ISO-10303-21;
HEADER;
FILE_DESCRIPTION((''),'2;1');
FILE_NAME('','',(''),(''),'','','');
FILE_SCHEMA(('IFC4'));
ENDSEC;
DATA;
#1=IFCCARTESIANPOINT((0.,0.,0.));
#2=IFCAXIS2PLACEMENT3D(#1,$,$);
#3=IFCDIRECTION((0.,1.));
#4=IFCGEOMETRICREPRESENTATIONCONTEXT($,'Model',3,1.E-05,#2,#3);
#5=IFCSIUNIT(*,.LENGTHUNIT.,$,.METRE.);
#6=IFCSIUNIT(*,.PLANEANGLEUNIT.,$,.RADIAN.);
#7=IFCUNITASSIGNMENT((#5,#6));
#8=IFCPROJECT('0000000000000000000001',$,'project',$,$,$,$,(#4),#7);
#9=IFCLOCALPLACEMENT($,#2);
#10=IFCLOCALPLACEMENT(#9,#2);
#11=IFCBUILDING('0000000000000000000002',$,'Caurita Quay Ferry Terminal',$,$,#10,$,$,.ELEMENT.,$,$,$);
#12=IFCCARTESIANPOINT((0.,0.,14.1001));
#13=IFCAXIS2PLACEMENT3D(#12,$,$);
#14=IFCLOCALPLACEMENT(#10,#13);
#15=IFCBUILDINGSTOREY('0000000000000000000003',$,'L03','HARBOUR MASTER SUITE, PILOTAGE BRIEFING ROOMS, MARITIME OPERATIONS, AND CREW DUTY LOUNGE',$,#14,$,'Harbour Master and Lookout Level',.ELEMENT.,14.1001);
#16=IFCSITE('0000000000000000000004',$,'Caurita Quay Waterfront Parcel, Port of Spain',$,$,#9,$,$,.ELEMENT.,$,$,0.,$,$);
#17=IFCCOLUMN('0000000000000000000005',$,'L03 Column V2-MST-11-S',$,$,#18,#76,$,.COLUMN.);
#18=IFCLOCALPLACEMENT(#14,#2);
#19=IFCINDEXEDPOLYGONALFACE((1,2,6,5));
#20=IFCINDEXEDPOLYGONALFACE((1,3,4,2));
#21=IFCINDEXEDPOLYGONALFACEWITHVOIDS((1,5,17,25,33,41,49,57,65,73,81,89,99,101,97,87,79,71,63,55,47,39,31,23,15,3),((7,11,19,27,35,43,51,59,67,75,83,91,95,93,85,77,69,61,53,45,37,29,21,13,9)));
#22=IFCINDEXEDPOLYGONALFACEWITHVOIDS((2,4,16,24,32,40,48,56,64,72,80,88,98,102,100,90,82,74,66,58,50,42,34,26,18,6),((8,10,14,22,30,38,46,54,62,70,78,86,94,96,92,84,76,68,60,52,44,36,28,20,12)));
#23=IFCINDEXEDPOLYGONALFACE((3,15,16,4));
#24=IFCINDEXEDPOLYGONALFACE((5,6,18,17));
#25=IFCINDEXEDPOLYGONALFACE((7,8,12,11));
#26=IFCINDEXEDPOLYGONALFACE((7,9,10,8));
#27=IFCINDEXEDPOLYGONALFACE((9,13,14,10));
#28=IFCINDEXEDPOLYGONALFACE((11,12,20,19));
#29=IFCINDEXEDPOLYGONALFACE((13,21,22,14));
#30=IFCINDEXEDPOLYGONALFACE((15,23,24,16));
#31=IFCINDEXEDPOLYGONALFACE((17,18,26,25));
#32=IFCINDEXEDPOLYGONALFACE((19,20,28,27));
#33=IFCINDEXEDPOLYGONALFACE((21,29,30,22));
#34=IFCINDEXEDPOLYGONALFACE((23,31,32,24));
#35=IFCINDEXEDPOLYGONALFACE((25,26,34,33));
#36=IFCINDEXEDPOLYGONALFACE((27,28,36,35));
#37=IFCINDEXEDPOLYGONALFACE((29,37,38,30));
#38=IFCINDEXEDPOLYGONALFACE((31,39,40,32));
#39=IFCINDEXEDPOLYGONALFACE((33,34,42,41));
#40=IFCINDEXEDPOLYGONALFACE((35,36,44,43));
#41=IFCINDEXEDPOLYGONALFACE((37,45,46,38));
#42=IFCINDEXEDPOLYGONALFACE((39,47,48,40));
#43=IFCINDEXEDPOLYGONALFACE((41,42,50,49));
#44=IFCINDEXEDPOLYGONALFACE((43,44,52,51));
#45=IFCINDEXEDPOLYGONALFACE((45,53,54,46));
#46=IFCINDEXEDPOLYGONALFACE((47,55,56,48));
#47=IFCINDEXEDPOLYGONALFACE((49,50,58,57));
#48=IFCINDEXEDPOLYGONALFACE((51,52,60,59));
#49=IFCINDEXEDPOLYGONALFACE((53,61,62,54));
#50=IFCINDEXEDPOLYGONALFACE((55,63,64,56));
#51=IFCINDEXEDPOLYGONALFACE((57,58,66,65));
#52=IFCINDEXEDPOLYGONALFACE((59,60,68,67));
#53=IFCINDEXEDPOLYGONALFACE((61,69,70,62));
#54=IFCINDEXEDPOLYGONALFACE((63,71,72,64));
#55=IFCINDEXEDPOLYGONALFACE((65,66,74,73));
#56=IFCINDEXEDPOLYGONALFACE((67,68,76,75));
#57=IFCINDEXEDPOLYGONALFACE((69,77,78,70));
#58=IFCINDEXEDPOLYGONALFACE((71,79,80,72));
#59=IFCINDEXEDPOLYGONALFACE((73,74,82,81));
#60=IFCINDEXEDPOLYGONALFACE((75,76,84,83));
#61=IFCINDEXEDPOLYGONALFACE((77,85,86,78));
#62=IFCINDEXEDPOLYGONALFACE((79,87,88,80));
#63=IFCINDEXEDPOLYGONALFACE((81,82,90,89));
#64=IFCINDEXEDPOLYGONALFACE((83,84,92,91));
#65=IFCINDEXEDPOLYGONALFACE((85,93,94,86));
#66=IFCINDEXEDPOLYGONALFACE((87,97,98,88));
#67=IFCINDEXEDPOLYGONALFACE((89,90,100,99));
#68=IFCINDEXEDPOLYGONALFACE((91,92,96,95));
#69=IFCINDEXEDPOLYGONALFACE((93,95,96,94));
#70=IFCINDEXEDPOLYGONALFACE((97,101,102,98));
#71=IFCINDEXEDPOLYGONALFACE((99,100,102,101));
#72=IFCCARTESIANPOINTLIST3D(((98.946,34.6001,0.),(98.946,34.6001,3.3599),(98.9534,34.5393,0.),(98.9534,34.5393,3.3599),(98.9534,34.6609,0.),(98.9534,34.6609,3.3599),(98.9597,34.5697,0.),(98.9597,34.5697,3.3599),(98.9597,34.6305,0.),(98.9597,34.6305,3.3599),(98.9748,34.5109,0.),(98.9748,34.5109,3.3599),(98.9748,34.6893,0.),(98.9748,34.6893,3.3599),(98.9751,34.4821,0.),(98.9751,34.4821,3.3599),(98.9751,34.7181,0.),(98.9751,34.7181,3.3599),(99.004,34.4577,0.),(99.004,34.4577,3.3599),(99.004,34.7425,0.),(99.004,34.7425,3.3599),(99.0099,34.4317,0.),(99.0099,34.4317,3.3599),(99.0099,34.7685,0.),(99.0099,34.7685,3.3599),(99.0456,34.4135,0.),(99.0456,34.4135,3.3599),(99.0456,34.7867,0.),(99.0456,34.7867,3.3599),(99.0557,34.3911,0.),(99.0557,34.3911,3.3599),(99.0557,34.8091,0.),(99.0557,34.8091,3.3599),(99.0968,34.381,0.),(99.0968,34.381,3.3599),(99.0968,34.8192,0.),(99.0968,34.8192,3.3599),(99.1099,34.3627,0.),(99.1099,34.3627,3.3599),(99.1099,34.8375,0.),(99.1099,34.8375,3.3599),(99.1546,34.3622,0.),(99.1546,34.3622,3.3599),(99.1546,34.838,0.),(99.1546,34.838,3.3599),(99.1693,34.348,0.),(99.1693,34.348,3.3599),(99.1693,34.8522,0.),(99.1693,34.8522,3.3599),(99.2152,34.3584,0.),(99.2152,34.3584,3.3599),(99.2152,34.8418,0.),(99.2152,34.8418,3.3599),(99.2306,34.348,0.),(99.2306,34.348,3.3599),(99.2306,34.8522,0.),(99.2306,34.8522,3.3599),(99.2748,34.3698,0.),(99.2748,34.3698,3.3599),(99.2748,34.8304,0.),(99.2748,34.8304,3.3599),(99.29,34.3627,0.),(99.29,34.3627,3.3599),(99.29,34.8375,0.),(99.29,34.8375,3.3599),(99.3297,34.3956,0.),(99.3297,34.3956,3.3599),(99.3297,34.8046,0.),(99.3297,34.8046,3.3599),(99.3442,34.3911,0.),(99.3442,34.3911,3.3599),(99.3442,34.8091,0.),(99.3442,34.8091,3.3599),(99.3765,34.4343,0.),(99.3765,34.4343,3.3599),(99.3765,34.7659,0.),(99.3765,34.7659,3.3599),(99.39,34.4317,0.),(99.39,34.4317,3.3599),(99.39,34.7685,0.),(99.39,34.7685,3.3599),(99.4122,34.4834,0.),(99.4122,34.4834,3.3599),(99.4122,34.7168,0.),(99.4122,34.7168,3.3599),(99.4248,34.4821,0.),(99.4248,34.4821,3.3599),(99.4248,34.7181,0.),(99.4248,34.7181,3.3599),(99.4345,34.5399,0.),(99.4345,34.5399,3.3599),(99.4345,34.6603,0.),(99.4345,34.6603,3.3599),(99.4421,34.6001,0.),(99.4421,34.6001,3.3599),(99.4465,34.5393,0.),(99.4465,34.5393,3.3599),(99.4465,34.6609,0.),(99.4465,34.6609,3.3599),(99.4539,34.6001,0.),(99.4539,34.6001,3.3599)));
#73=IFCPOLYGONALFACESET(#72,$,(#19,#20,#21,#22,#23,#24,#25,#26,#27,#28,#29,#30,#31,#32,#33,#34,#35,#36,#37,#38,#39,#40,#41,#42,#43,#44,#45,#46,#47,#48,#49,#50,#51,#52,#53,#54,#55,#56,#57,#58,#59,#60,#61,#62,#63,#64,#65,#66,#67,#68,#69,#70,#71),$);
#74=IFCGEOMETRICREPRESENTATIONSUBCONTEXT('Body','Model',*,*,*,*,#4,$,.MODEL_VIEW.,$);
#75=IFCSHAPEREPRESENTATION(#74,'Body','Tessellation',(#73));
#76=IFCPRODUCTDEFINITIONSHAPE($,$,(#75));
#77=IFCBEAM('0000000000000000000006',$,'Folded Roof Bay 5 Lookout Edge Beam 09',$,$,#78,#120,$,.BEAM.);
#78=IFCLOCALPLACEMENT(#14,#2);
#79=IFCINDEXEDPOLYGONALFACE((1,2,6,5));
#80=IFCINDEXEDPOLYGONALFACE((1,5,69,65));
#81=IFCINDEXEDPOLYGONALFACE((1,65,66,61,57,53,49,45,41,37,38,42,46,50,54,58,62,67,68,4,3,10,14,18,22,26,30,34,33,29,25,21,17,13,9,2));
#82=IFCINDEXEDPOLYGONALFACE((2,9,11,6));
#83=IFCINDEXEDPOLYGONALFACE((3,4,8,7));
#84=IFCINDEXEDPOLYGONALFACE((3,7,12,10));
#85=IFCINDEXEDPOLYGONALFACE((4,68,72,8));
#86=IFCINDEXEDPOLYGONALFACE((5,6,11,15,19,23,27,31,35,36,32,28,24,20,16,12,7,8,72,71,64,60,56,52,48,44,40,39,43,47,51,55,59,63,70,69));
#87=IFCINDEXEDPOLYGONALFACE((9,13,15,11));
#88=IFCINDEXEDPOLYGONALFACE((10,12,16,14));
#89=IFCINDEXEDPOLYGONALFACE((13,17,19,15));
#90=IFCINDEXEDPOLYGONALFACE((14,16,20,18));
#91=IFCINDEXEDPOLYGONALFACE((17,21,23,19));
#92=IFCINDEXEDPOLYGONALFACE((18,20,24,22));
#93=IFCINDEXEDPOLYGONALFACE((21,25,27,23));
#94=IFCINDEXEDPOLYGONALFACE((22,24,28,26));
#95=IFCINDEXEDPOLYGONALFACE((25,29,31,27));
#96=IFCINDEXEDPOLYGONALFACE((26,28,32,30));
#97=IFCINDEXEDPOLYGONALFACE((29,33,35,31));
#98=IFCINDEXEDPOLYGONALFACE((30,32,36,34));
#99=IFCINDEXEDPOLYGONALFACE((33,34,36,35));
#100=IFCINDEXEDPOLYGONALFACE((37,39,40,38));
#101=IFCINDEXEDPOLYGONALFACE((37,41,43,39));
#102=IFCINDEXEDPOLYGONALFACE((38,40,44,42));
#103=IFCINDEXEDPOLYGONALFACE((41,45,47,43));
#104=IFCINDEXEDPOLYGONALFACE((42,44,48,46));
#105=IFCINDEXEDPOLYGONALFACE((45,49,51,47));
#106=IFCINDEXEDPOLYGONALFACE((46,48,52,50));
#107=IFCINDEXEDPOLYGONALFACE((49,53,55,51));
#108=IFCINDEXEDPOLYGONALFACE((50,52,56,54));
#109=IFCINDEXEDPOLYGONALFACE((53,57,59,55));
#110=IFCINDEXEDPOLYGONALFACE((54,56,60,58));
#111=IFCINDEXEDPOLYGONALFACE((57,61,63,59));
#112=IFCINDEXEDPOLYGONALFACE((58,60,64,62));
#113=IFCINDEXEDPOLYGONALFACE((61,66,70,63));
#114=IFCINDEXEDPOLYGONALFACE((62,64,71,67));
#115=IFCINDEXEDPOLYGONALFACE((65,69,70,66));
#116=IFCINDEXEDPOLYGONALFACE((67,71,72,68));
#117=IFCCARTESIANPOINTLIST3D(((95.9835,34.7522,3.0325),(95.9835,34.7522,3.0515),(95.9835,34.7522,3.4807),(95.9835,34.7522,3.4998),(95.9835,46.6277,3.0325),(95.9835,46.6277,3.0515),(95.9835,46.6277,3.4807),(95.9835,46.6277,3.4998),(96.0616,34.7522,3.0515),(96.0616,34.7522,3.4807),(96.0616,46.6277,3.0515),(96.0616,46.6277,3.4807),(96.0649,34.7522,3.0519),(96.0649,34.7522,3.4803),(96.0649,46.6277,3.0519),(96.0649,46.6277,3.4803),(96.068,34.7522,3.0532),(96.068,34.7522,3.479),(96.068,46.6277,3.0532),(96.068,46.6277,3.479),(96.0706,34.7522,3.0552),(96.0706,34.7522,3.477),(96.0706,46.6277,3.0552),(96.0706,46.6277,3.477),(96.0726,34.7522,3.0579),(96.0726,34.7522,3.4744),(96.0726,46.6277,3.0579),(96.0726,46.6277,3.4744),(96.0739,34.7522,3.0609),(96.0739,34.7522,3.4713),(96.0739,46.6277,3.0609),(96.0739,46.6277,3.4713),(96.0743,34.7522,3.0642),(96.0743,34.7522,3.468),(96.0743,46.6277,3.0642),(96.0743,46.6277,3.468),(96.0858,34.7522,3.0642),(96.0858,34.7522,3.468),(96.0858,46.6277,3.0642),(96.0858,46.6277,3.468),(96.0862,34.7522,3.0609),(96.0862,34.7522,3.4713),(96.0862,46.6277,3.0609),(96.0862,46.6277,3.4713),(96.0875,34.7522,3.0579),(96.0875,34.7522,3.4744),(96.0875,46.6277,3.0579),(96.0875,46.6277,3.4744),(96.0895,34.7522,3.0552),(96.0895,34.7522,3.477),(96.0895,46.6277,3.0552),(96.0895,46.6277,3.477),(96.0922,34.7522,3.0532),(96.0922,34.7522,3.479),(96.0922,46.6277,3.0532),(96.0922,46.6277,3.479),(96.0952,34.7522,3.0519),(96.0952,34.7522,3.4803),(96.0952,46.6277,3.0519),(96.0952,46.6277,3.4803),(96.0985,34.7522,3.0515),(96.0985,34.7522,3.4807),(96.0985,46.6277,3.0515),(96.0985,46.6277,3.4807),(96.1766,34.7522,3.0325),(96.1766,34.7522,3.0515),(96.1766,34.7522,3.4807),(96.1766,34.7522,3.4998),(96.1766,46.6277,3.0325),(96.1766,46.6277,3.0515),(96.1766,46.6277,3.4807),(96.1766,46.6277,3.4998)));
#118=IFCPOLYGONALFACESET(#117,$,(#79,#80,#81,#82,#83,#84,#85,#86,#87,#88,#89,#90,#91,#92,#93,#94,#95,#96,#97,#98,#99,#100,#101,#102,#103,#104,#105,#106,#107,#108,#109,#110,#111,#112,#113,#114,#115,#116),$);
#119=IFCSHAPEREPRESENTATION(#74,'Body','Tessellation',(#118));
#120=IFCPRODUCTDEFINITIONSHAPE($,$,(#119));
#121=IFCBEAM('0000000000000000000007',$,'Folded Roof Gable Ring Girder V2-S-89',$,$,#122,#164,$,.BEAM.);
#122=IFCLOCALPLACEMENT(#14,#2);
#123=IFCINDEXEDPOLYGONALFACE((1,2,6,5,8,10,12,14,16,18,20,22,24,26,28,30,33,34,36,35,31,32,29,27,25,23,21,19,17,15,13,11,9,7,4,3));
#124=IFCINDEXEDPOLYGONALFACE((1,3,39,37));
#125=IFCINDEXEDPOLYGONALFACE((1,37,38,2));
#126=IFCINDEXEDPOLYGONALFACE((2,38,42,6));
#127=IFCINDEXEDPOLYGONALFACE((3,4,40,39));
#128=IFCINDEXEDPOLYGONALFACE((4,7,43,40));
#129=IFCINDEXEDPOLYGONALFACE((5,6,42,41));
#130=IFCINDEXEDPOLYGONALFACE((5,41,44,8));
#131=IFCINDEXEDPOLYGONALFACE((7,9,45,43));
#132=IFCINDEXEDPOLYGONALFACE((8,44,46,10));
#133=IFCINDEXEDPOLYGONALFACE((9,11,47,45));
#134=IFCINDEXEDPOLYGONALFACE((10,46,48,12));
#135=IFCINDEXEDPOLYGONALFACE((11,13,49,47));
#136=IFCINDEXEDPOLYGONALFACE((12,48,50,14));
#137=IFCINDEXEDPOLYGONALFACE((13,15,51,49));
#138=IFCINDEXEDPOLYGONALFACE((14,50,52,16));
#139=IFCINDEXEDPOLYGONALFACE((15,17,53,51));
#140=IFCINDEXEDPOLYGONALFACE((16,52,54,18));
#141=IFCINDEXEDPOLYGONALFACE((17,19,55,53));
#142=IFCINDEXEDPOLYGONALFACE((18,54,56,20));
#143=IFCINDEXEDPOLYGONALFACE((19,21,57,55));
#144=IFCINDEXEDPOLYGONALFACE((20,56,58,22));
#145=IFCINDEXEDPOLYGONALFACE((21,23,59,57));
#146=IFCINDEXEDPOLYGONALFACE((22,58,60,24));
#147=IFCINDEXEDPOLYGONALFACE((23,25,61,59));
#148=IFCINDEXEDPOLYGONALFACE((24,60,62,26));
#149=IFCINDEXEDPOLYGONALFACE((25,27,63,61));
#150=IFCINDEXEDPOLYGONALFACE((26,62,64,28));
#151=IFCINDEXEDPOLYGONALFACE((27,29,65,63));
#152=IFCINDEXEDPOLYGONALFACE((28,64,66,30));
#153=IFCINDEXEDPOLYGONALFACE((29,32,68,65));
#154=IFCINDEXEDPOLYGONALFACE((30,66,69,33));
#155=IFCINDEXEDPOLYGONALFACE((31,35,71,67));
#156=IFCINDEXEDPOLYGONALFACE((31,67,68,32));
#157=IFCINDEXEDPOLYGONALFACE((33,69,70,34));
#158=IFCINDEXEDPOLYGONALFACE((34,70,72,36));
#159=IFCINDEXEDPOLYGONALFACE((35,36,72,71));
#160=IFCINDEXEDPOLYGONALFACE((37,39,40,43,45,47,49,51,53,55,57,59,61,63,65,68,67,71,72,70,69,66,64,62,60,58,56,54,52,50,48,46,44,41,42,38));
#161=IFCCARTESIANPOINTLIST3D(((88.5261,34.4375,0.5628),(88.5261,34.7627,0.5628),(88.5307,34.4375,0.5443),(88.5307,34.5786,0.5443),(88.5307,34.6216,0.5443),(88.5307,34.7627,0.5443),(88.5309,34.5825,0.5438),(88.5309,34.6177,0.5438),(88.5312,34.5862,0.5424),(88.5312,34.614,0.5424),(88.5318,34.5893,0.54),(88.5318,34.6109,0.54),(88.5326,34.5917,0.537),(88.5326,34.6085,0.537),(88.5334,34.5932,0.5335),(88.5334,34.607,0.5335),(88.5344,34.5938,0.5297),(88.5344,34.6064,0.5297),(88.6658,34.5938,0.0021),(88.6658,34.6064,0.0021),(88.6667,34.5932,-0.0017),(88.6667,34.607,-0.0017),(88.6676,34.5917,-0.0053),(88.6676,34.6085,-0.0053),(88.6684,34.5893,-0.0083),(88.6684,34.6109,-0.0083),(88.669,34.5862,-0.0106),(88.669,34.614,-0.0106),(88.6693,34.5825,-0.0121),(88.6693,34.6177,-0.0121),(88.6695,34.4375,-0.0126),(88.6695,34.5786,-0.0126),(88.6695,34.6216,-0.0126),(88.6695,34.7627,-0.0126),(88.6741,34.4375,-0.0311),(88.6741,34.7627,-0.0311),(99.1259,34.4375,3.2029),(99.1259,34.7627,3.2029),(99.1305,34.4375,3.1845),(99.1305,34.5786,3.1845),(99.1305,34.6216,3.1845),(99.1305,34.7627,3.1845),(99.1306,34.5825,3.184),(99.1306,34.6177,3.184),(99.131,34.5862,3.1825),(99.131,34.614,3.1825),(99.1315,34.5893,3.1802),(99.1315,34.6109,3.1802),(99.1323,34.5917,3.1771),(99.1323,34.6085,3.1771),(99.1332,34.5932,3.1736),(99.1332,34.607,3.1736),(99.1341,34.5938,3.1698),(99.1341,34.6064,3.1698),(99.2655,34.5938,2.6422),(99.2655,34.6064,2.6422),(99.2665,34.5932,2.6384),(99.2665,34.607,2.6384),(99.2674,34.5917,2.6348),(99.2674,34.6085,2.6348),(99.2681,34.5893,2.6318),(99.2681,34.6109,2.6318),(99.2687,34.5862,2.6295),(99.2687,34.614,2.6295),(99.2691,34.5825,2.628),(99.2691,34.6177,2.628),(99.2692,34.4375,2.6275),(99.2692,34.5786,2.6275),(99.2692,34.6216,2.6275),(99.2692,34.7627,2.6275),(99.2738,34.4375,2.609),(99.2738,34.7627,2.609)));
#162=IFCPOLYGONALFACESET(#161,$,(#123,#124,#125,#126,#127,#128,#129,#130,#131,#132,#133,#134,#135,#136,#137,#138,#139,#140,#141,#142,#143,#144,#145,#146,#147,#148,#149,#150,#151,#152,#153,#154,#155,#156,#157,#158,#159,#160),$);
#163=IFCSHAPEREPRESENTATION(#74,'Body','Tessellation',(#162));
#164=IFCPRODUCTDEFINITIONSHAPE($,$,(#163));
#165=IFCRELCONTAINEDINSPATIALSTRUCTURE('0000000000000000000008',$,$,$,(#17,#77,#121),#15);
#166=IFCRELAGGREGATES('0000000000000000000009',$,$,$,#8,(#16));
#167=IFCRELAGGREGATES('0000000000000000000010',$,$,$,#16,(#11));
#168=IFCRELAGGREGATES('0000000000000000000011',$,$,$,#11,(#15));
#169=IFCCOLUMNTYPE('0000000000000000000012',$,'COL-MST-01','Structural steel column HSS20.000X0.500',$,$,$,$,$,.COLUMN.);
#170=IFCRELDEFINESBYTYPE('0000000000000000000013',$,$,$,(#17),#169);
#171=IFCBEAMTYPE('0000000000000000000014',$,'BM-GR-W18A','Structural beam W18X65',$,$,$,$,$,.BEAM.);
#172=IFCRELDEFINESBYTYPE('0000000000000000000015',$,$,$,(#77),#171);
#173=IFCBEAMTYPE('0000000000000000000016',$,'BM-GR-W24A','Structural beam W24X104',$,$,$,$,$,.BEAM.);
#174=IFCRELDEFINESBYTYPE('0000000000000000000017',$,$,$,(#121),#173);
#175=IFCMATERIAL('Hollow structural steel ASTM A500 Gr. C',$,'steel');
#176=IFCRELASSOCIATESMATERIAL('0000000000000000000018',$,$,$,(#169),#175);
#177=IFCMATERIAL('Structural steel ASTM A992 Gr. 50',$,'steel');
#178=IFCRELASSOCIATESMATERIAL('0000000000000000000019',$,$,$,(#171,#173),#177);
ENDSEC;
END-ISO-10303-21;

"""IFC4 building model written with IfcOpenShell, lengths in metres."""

from ifc_helpers import new_model, si_unit, direction, frame, origin, origin_2d, place, context, subcontext, project, spatial, hollow_circle, i_section, extrude, material, material_profile, profile_set, type_object, element, save


model = new_model("IFC4")

# Units and contexts
model_context = context("Model", 3, precision=1e-05, world=origin(), true_north=direction((0.0, 1.0)))
body_context = subcontext(model_context, "Body", "Model", "MODEL_VIEW")
ifc_project = project(units=[si_unit("LENGTHUNIT", "METRE"), si_unit("PLANEANGLEUNIT", "RADIAN")], contexts=[model_context])

# Site, building, storey
site_placement = place(None, origin())
site = spatial("IfcSite", under=ifc_project, at=site_placement, Name="Caurita Quay Waterfront Parcel, Port of Spain", CompositionType="ELEMENT", RefElevation=0.0)
building_placement = place(site_placement, origin())
building = spatial("IfcBuilding", under=site, at=building_placement, Name="Caurita Quay Ferry Terminal", CompositionType="ELEMENT")
storey_placement = place(building_placement, frame((0.0, 0.0, 14.1001)))
storey = spatial("IfcBuildingStorey", under=building, at=storey_placement, Name="L03", Description="HARBOUR MASTER SUITE, PILOTAGE BRIEFING ROOMS, MARITIME OPERATIONS, AND CREW DUTY LOUNGE", LongName="Harbour Master and Lookout Level", CompositionType="ELEMENT", Elevation=14.1001)

# Column
ifc_material_1 = material(Name="Hollow structural steel ASTM A500 Gr. C", Category="steel")
ifc_material_profile_1 = material_profile(ifc_material_1, hollow_circle(Radius=0.2539, WallThickness=0.0117, at=origin_2d()), Name="HSS20.000X0.500")
ifc_profile_set_1 = profile_set([ifc_material_profile_1], Name="Hollow structural steel ASTM A500 Gr. C")
column_type = type_object("IfcColumnType", Name="COL-MST-01", Description="Structural steel column HSS20.000X0.500", PredefinedType="COLUMN", material=ifc_profile_set_1)
column_placement = place(storey_placement, frame((99.2, 34.6001, 0.0), z_axis=(0.0, 0.0, 1.0), x_axis=(1.0, 0.0, 0.0)))
element("IfcColumn", 1, at=column_placement, inside=storey, type_object=column_type, Name="L03 Column V2-MST-11-S", PredefinedType="COLUMN", context=body_context, shape_type="SweptSolid", body=[
    extrude(hollow_circle(Radius=0.2539, WallThickness=0.0117, at=origin_2d()), origin(), (0.0, 0.0, 1.0), 3.3599),
])

# Beams
ifc_material_2 = material(Name="Structural steel ASTM A992 Gr. 50", Category="steel")
ifc_material_profile_2 = material_profile(ifc_material_2, i_section(OverallWidth=0.1931, OverallDepth=0.4673, WebThickness=0.0115, FlangeThickness=0.019, FilletRadius=0.0127, at=origin_2d()), Name="W18X65")
ifc_profile_set_2 = profile_set([ifc_material_profile_2], Name="Structural steel ASTM A992 Gr. 50")
beam_type_1 = type_object("IfcBeamType", Name="BM-GR-W18A", Description="Structural beam W18X65", PredefinedType="BEAM", material=ifc_profile_set_2)
beam_1_placement = place(storey_placement, frame((96.0801, 46.6277, 3.2661), z_axis=(0.0, -1.0, 0.0), x_axis=(1.0, 0.0, 0.0)))
element("IfcBeam", 2, at=beam_1_placement, inside=storey, type_object=beam_type_1, Name="Folded Roof Bay 5 Lookout Edge Beam 09", PredefinedType="BEAM", context=body_context, shape_type="SweptSolid", body=[
    extrude(i_section(OverallWidth=0.1931, OverallDepth=0.4673, WebThickness=0.0115, FlangeThickness=0.019, FilletRadius=0.0127, at=origin_2d()), origin(), (0.0, 0.0, 1.0), 11.8755),
])
ifc_material_profile_3 = material_profile(ifc_material_2, i_section(OverallWidth=0.3252, OverallDepth=0.6121, WebThickness=0.0127, FlangeThickness=0.019, FilletRadius=0.0151, at=origin_2d()), Name="W24X104")
ifc_profile_set_3 = profile_set([ifc_material_profile_3], Name="Structural steel ASTM A992 Gr. 50")
beam_type_2 = type_object("IfcBeamType", Name="BM-GR-W24A", Description="Structural beam W24X104", PredefinedType="BEAM", material=ifc_profile_set_3)
beam_2_placement = place(storey_placement, frame((88.6001, 34.6001, 0.2659), z_axis=(0.970354, 0.0, 0.241689), x_axis=(0.0, 1.0, 0.0)))
element("IfcBeam", 3, at=beam_2_placement, inside=storey, type_object=beam_type_2, Name="Folded Roof Gable Ring Girder V2-S-89", PredefinedType="BEAM", context=body_context, shape_type="SweptSolid", body=[
    extrude(i_section(OverallWidth=0.3252, OverallDepth=0.6121, WebThickness=0.0127, FlangeThickness=0.019, FilletRadius=0.0151, at=origin_2d()), origin(), (0.0, 0.0, 1.0), 10.9236),
])

save(model, "model.ifc")
